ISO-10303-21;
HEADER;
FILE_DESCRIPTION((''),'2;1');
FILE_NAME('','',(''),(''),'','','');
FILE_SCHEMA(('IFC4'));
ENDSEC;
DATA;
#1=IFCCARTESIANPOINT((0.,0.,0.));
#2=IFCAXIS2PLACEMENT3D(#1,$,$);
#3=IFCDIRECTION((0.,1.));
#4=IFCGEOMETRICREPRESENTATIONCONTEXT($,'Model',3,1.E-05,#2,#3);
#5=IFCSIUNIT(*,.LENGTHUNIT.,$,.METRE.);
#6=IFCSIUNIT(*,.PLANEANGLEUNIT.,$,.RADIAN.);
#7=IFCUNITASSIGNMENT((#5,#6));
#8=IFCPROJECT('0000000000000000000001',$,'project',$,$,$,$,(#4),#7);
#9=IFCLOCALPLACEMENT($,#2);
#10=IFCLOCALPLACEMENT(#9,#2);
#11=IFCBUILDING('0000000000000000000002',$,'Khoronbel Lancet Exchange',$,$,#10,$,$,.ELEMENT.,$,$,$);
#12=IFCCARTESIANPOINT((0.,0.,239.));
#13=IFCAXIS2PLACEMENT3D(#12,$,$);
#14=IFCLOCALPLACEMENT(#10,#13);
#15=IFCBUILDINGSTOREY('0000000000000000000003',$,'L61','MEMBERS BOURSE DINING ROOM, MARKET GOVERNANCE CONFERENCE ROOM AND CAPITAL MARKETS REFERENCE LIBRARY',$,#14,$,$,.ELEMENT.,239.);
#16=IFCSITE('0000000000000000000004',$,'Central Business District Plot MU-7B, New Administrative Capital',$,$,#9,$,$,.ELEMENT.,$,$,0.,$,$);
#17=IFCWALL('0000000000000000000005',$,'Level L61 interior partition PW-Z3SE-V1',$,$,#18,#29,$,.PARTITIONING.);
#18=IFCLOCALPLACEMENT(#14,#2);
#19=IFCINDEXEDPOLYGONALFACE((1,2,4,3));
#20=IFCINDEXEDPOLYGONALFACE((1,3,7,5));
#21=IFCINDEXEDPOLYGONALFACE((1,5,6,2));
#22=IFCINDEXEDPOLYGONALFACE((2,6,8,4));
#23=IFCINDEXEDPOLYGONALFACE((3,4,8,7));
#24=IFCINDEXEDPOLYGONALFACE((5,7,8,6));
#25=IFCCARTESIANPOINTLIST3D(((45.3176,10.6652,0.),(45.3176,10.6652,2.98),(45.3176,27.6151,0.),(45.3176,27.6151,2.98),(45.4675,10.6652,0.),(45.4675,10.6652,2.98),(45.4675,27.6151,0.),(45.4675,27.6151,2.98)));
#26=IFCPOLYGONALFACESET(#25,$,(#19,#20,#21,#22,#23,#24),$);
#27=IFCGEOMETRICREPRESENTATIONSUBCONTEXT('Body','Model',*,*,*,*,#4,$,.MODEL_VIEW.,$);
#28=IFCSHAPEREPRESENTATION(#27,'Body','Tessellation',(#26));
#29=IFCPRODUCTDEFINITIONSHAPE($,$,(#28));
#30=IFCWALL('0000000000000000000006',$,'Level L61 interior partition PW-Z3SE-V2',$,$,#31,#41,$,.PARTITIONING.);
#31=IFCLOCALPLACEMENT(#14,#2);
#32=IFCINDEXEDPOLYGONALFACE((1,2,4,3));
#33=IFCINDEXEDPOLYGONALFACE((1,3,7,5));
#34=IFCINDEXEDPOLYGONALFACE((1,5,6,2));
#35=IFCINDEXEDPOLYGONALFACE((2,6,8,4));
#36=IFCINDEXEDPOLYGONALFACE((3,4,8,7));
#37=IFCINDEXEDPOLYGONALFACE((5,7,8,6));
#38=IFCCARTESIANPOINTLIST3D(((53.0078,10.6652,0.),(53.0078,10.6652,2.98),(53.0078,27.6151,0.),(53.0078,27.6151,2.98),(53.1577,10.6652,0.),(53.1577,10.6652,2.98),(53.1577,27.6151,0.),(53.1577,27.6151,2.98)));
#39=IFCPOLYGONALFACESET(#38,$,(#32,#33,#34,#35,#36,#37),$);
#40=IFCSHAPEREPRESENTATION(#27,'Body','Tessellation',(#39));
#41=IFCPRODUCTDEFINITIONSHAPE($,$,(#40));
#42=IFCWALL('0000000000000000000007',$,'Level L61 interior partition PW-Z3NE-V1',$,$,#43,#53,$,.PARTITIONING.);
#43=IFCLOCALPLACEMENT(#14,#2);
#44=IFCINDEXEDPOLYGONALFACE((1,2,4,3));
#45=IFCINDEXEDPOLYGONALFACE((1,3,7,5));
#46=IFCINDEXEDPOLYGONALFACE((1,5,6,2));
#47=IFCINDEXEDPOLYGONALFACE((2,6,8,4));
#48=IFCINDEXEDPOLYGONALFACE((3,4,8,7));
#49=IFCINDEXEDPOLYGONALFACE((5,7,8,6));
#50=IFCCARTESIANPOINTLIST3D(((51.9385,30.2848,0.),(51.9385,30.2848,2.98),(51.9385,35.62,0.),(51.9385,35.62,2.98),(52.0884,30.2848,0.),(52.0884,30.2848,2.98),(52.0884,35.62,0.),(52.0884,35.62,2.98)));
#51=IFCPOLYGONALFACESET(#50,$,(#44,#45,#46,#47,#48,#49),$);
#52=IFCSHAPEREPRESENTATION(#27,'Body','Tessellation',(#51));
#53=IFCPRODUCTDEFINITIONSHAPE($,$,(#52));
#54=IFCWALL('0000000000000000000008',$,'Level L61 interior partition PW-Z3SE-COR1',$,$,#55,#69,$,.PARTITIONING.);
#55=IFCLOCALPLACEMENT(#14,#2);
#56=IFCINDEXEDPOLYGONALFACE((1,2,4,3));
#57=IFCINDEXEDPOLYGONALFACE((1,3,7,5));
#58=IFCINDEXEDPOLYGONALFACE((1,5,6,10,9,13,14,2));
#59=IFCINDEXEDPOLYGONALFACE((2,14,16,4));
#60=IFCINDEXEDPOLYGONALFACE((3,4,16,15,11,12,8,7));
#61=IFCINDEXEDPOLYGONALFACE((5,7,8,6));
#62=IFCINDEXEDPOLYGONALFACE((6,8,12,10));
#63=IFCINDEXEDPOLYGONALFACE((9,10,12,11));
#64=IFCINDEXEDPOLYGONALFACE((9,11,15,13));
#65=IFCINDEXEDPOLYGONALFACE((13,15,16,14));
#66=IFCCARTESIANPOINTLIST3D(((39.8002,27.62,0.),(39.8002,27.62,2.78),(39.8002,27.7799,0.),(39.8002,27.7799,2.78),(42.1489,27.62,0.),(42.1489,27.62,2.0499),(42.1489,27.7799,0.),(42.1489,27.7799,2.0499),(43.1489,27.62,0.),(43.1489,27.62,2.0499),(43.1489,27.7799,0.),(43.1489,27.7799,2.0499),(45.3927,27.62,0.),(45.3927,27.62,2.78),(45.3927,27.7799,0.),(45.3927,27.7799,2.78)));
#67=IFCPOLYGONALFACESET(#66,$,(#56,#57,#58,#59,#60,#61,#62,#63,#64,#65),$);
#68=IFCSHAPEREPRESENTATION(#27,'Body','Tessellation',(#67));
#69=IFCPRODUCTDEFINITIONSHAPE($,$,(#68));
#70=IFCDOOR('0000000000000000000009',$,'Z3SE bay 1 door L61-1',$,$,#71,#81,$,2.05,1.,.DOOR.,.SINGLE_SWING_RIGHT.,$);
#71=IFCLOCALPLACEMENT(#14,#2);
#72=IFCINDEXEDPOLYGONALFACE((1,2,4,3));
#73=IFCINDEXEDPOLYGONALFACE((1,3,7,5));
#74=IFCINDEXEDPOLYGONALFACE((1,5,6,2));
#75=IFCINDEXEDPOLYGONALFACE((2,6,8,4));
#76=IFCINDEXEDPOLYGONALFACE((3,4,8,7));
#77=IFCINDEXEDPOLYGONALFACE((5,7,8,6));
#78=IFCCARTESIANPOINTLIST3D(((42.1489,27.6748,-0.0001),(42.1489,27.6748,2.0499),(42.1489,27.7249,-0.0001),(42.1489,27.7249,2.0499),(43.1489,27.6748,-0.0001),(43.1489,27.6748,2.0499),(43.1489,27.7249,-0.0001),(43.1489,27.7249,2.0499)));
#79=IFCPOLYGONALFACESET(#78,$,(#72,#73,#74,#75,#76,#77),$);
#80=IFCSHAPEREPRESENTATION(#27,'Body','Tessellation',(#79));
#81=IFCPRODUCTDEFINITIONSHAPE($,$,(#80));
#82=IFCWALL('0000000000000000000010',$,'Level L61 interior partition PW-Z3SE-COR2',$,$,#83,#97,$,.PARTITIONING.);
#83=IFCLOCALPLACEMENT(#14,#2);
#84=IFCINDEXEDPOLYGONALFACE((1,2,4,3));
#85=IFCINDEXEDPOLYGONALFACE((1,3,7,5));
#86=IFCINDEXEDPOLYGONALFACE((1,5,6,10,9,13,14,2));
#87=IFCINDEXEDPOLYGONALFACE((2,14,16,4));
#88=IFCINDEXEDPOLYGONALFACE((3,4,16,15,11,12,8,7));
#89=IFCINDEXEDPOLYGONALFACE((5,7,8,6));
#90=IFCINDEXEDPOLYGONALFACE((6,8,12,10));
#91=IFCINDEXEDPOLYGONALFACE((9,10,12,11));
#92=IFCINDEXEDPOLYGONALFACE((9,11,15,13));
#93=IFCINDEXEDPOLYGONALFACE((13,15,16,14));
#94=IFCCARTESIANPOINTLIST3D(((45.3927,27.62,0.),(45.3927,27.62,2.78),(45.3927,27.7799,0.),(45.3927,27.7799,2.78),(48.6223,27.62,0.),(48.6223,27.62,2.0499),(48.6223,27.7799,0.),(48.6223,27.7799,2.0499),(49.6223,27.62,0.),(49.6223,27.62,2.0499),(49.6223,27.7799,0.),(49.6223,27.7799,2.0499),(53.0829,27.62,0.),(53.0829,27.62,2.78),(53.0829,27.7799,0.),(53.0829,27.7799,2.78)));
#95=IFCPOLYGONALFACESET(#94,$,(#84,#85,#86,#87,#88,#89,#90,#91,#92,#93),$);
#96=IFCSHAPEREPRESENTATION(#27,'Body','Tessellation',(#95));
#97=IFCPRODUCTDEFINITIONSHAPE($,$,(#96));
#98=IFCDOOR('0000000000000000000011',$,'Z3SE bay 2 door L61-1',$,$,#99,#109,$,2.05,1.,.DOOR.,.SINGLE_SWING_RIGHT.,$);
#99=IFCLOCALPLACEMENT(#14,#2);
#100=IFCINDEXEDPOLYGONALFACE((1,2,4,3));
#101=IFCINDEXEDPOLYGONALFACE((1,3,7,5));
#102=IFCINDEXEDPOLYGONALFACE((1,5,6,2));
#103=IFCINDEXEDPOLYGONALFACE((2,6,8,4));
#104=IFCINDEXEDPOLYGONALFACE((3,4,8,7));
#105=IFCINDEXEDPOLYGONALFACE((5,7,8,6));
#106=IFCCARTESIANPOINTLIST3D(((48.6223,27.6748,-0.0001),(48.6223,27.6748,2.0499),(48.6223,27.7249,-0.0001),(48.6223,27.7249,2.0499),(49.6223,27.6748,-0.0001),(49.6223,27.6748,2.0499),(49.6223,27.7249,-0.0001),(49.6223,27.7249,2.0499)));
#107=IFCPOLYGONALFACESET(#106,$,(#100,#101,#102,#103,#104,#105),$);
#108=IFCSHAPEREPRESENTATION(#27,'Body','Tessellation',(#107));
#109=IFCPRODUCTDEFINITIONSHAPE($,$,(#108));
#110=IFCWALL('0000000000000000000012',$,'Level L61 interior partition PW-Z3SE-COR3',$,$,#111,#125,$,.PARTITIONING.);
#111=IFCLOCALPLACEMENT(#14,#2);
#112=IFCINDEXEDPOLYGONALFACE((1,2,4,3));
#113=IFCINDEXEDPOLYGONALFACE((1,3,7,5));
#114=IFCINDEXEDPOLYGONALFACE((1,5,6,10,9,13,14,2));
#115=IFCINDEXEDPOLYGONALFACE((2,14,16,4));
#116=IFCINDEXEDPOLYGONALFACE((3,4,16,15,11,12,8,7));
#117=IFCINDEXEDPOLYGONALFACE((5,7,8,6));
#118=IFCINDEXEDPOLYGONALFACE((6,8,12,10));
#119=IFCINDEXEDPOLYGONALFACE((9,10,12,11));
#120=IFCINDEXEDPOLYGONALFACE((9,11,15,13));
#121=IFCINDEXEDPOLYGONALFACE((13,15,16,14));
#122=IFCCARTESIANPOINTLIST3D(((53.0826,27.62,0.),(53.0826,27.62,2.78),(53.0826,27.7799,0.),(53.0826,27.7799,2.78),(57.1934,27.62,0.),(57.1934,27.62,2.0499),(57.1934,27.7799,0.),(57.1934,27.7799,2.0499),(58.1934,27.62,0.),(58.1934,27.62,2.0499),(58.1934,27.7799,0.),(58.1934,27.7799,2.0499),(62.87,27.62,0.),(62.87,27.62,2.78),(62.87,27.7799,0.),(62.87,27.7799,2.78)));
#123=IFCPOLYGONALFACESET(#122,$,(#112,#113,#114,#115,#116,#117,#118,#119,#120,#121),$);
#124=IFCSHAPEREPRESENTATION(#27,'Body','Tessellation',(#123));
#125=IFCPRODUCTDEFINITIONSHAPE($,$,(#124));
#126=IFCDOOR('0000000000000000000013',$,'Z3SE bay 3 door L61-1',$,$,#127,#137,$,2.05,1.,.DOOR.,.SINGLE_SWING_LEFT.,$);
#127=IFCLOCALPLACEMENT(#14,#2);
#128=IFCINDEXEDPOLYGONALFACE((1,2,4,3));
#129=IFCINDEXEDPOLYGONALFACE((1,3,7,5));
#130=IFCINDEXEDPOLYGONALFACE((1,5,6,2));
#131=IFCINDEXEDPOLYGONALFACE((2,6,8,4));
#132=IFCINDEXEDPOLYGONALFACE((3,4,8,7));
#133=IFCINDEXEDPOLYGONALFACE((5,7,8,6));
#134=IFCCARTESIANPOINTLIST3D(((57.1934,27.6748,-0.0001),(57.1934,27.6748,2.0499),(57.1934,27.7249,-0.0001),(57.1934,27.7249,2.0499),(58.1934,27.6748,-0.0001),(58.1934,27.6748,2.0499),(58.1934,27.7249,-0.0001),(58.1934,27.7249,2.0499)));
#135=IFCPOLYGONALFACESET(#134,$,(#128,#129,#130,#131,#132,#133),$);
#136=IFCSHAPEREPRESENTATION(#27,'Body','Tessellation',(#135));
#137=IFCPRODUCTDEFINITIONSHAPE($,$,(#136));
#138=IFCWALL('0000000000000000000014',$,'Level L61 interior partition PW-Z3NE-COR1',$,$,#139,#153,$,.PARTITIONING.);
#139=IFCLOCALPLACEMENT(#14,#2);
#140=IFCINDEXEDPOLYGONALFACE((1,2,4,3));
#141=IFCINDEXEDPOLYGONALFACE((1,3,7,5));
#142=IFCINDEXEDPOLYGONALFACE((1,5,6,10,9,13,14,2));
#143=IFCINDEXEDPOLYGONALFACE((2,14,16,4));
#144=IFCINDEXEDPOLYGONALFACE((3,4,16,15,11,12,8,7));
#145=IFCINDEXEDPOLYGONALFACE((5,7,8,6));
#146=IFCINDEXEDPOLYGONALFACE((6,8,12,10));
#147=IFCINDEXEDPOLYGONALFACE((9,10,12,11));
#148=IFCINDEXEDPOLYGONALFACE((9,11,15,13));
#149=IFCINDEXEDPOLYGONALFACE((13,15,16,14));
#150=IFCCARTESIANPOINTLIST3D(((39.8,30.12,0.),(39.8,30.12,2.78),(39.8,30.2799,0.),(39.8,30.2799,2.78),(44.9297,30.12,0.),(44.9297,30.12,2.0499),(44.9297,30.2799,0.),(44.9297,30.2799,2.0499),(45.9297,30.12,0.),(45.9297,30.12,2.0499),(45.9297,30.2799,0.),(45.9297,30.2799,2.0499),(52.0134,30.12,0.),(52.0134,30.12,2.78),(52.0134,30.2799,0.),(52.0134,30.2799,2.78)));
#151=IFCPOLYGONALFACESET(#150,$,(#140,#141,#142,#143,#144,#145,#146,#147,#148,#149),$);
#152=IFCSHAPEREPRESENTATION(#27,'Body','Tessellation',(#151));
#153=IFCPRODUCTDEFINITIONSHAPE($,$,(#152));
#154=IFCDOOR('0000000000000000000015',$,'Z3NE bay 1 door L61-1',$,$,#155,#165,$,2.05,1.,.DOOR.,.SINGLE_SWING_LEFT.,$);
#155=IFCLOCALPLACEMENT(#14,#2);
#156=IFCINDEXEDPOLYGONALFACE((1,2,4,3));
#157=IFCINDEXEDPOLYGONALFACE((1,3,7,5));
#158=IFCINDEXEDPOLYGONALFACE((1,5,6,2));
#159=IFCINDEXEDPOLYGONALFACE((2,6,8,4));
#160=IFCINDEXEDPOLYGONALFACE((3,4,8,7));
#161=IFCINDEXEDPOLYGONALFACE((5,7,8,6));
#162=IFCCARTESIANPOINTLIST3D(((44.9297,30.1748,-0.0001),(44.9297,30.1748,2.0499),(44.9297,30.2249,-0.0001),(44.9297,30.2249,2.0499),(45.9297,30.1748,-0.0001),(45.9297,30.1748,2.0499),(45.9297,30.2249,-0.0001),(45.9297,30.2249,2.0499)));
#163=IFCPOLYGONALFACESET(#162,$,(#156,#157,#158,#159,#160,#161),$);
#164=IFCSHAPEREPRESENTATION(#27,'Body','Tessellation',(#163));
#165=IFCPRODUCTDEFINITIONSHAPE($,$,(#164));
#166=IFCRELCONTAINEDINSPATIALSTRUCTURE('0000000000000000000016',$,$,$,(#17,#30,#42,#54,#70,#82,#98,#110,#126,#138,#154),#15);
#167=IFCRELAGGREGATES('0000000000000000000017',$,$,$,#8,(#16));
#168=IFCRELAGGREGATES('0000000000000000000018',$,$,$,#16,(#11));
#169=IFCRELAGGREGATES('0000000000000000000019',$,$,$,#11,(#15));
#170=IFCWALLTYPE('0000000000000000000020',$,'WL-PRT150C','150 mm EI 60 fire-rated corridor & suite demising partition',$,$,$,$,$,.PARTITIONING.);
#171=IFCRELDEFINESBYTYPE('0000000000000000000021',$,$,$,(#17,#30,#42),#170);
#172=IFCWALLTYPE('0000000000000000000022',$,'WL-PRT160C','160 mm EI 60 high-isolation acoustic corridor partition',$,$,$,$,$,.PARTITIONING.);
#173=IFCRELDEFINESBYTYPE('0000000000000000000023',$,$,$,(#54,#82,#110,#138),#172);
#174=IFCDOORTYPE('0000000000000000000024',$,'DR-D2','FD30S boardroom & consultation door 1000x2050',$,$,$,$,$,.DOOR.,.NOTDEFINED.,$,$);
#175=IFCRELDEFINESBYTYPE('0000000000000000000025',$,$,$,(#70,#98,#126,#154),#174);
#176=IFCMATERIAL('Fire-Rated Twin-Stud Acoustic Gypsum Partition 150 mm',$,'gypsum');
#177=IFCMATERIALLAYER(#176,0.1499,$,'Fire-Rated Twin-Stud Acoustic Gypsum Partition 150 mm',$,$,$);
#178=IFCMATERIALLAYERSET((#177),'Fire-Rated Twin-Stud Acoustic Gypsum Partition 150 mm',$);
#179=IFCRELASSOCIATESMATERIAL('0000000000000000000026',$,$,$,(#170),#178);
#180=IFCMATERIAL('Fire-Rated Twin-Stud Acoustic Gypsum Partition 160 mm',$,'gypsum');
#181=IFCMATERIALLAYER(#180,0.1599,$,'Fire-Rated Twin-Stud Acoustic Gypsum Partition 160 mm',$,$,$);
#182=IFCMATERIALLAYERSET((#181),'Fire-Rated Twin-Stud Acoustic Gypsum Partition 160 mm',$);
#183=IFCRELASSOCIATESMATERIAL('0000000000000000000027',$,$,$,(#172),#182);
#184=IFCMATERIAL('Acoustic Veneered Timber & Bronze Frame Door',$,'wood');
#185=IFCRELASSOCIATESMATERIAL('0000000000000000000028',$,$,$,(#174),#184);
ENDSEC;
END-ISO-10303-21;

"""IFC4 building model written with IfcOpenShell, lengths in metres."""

from ifc_helpers import new_model, si_unit, direction, frame, frame_2d, origin, place, context, subcontext, project, spatial, rectangle, extrude, material, layer, layer_set, type_object, element, fill, save


model = new_model("IFC4")

# Units and contexts
model_context = context("Model", 3, precision=1e-05, world=origin(), true_north=direction((0.0, 1.0)))
body_context = subcontext(model_context, "Body", "Model", "MODEL_VIEW")
ifc_project = project(units=[si_unit("LENGTHUNIT", "METRE"), si_unit("PLANEANGLEUNIT", "RADIAN")], contexts=[model_context])

# Site, building, storey
site_placement = place(None, origin())
site = spatial("IfcSite", under=ifc_project, at=site_placement, Name="Central Business District Plot MU-7B, New Administrative Capital", CompositionType="ELEMENT", RefElevation=0.0)
building_placement = place(site_placement, origin())
building = spatial("IfcBuilding", under=site, at=building_placement, Name="Khoronbel Lancet Exchange", CompositionType="ELEMENT")
storey_placement = place(building_placement, frame((0.0, 0.0, 239.0)))
storey = spatial("IfcBuildingStorey", under=building, at=storey_placement, Name="L61", Description="MEMBERS BOURSE DINING ROOM, MARKET GOVERNANCE CONFERENCE ROOM AND CAPITAL MARKETS REFERENCE LIBRARY", CompositionType="ELEMENT", Elevation=239.0)

# Walls
ifc_material_1 = material(Name="Fire-Rated Twin-Stud Acoustic Gypsum Partition 150 mm", Category="gypsum")
ifc_layer_1 = layer(ifc_material_1, 0.1499, Name="Fire-Rated Twin-Stud Acoustic Gypsum Partition 150 mm")
ifc_layer_set_1 = layer_set([ifc_layer_1], Name="Fire-Rated Twin-Stud Acoustic Gypsum Partition 150 mm")
wall_type_1 = type_object("IfcWallType", Name="WL-PRT150C", Description="150 mm EI 60 fire-rated corridor & suite demising partition", PredefinedType="PARTITIONING", material=ifc_layer_set_1)
for number, where, z_axis, x_axis, name in (
    (1, (45.3926, 10.665, 0.0), (0.0, 0.0, 1.0), (0.0, 1.0, 0.0), "Level L61 interior partition PW-Z3SE-V1"),
    (2, (53.0828, 10.665, 0.0), (0.0, 0.0, 1.0), (0.0, 1.0, 0.0), "Level L61 interior partition PW-Z3SE-V2"),
):
    element("IfcWall", number, at=place(storey_placement, frame(where, z_axis=z_axis, x_axis=x_axis)), inside=storey, type_object=wall_type_1, Name=name, PredefinedType="PARTITIONING", context=body_context, shape_type="SweptSolid", body=[
        extrude(rectangle(XDim=16.95, YDim=0.1499, at=frame_2d((8.4751, 0.0))), origin(), (0.0, 0.0, 1.0), 2.98),
    ])
wall_1_placement = place(storey_placement, frame((52.0134, 30.2849, 0.0), z_axis=(0.0, 0.0, 1.0), x_axis=(0.0, 1.0, 0.0)))
element("IfcWall", 3, at=wall_1_placement, inside=storey, type_object=wall_type_1, Name="Level L61 interior partition PW-Z3NE-V1", PredefinedType="PARTITIONING", context=body_context, shape_type="SweptSolid", body=[
    extrude(rectangle(XDim=5.3352, YDim=0.1499, at=frame_2d((2.6675, 0.0))), origin(), (0.0, 0.0, 1.0), 2.98),
])

# Walls, openings, doors
ifc_material_2 = material(Name="Fire-Rated Twin-Stud Acoustic Gypsum Partition 160 mm", Category="gypsum")
ifc_layer_2 = layer(ifc_material_2, 0.1599, Name="Fire-Rated Twin-Stud Acoustic Gypsum Partition 160 mm")
ifc_layer_set_2 = layer_set([ifc_layer_2], Name="Fire-Rated Twin-Stud Acoustic Gypsum Partition 160 mm")
wall_type_2 = type_object("IfcWallType", Name="WL-PRT160C", Description="160 mm EI 60 high-isolation acoustic corridor partition", PredefinedType="PARTITIONING", material=ifc_layer_set_2)
wall_2_placement = place(storey_placement, frame((39.8, 27.7, 0.0), z_axis=(0.0, 0.0, 1.0), x_axis=(1.0, 0.0, 0.0)))
wall_2 = element("IfcWall", 4, at=wall_2_placement, inside=storey, type_object=wall_type_2, Name="Level L61 interior partition PW-Z3SE-COR1", PredefinedType="PARTITIONING", context=body_context, shape_type="SweptSolid", body=[
    extrude(rectangle(XDim=5.5925, YDim=0.1599, at=frame_2d((2.7964, 0.0))), origin(), (0.0, 0.0, 1.0), 2.78),
])
opening_1_placement = place(wall_2_placement, frame((2.3489, 0.0, 0.0)))
opening_1 = element("IfcOpeningElement", 5, at=opening_1_placement, cuts=wall_2, PredefinedType="OPENING", context=body_context, shape_type="SweptSolid", body=[
    extrude(rectangle(XDim=1.0, YDim=2.05, at=frame_2d((0.5, 1.0249))), frame((0.0, 0.0898, 0.0), z_axis=(0.0, -1.0, 0.0), x_axis=(1.0, 0.0, 0.0)), (0.0, 0.0, 1.0), 0.1799),
])
ifc_material_3 = material(Name="Acoustic Veneered Timber & Bronze Frame Door", Category="wood")
door_type_1 = type_object("IfcDoorType", Name="DR-D2", Description="FD30S boardroom & consultation door 1000x2050", OperationType="NOTDEFINED", PredefinedType="DOOR", material=ifc_material_3)
door_1_placement = place(opening_1_placement, origin())
door_1 = element("IfcDoor", 6, at=door_1_placement, inside=storey, type_object=door_type_1, Name="Z3SE bay 1 door L61-1", OperationType="SINGLE_SWING_RIGHT", OverallHeight=2.05, OverallWidth=1.0, PredefinedType="DOOR", context=body_context, shape_type="SweptSolid", body=[
    extrude(rectangle(XDim=1.0, YDim=2.05, at=frame_2d((0.5, 1.0249))), frame((0.0, 0.0249, 0.0), z_axis=(0.0, -1.0, 0.0), x_axis=(1.0, 0.0, 0.0)), (0.0, 0.0, 1.0), 0.05),
])
fill(opening_1, door_1)
wall_3_placement = place(storey_placement, frame((45.3926, 27.7, 0.0), z_axis=(0.0, 0.0, 1.0), x_axis=(1.0, 0.0, 0.0)))
wall_3 = element("IfcWall", 7, at=wall_3_placement, inside=storey, type_object=wall_type_2, Name="Level L61 interior partition PW-Z3SE-COR2", PredefinedType="PARTITIONING", context=body_context, shape_type="SweptSolid", body=[
    extrude(rectangle(XDim=7.6902, YDim=0.1599, at=frame_2d((3.8452, 0.0))), origin(), (0.0, 0.0, 1.0), 2.78),
])
opening_2_placement = place(wall_3_placement, frame((3.2297, 0.0, 0.0)))
opening_2 = element("IfcOpeningElement", 8, at=opening_2_placement, cuts=wall_3, PredefinedType="OPENING", context=body_context, shape_type="SweptSolid", body=[
    extrude(rectangle(XDim=1.0, YDim=2.05, at=frame_2d((0.5, 1.0249))), frame((0.0, 0.0898, 0.0), z_axis=(0.0, -1.0, 0.0), x_axis=(1.0, 0.0, 0.0)), (0.0, 0.0, 1.0), 0.1799),
])
door_2_placement = place(opening_2_placement, origin())
door_2 = element("IfcDoor", 9, at=door_2_placement, inside=storey, type_object=door_type_1, Name="Z3SE bay 2 door L61-1", OperationType="SINGLE_SWING_RIGHT", OverallHeight=2.05, OverallWidth=1.0, PredefinedType="DOOR", context=body_context, shape_type="SweptSolid", body=[
    extrude(rectangle(XDim=1.0, YDim=2.05, at=frame_2d((0.5, 1.0249))), frame((0.0, 0.0249, 0.0), z_axis=(0.0, -1.0, 0.0), x_axis=(1.0, 0.0, 0.0)), (0.0, 0.0, 1.0), 0.05),
])
fill(opening_2, door_2)
wall_4_placement = place(storey_placement, frame((53.0828, 27.7, 0.0), z_axis=(0.0, 0.0, 1.0), x_axis=(1.0, 0.0, 0.0)))
wall_4 = element("IfcWall", 10, at=wall_4_placement, inside=storey, type_object=wall_type_2, Name="Level L61 interior partition PW-Z3SE-COR3", PredefinedType="PARTITIONING", context=body_context, shape_type="SweptSolid", body=[
    extrude(rectangle(XDim=9.7874, YDim=0.1599, at=frame_2d((4.8936, 0.0))), origin(), (0.0, 0.0, 1.0), 2.78),
])
opening_3_placement = place(wall_4_placement, frame((4.1106, 0.0, 0.0)))
opening_3 = element("IfcOpeningElement", 11, at=opening_3_placement, cuts=wall_4, PredefinedType="OPENING", context=body_context, shape_type="SweptSolid", body=[
    extrude(rectangle(XDim=1.0, YDim=2.05, at=frame_2d((0.5, 1.0249))), frame((0.0, 0.0898, 0.0), z_axis=(0.0, -1.0, 0.0), x_axis=(1.0, 0.0, 0.0)), (0.0, 0.0, 1.0), 0.1799),
])
door_3_placement = place(opening_3_placement, origin())
door_3 = element("IfcDoor", 12, at=door_3_placement, inside=storey, type_object=door_type_1, Name="Z3SE bay 3 door L61-1", OperationType="SINGLE_SWING_LEFT", OverallHeight=2.05, OverallWidth=1.0, PredefinedType="DOOR", context=body_context, shape_type="SweptSolid", body=[
    extrude(rectangle(XDim=1.0, YDim=2.05, at=frame_2d((0.5, 1.0249))), frame((0.0, 0.0249, 0.0), z_axis=(0.0, -1.0, 0.0), x_axis=(1.0, 0.0, 0.0)), (0.0, 0.0, 1.0), 0.05),
])
fill(opening_3, door_3)
wall_5_placement = place(storey_placement, frame((39.8, 30.2, 0.0), z_axis=(0.0, 0.0, 1.0), x_axis=(1.0, 0.0, 0.0)))
wall_5 = element("IfcWall", 13, at=wall_5_placement, inside=storey, type_object=wall_type_2, Name="Level L61 interior partition PW-Z3NE-COR1", PredefinedType="PARTITIONING", context=body_context, shape_type="SweptSolid", body=[
    extrude(rectangle(XDim=12.2134, YDim=0.1599, at=frame_2d((6.1067, 0.0))), origin(), (0.0, 0.0, 1.0), 2.78),
])
opening_4_placement = place(wall_5_placement, frame((5.1296, 0.0, 0.0)))
opening_4 = element("IfcOpeningElement", 14, at=opening_4_placement, cuts=wall_5, PredefinedType="OPENING", context=body_context, shape_type="SweptSolid", body=[
    extrude(rectangle(XDim=1.0, YDim=2.05, at=frame_2d((0.5, 1.0249))), frame((0.0, 0.0898, 0.0), z_axis=(0.0, -1.0, 0.0), x_axis=(1.0, 0.0, 0.0)), (0.0, 0.0, 1.0), 0.1799),
])
door_4_placement = place(opening_4_placement, origin())
door_4 = element("IfcDoor", 15, at=door_4_placement, inside=storey, type_object=door_type_1, Name="Z3NE bay 1 door L61-1", OperationType="SINGLE_SWING_LEFT", OverallHeight=2.05, OverallWidth=1.0, PredefinedType="DOOR", context=body_context, shape_type="SweptSolid", body=[
    extrude(rectangle(XDim=1.0, YDim=2.05, at=frame_2d((0.5, 1.0249))), frame((0.0, 0.0249, 0.0), z_axis=(0.0, -1.0, 0.0), x_axis=(1.0, 0.0, 0.0)), (0.0, 0.0, 1.0), 0.05),
])
fill(opening_4, door_4)

save(model, "model.ifc")
